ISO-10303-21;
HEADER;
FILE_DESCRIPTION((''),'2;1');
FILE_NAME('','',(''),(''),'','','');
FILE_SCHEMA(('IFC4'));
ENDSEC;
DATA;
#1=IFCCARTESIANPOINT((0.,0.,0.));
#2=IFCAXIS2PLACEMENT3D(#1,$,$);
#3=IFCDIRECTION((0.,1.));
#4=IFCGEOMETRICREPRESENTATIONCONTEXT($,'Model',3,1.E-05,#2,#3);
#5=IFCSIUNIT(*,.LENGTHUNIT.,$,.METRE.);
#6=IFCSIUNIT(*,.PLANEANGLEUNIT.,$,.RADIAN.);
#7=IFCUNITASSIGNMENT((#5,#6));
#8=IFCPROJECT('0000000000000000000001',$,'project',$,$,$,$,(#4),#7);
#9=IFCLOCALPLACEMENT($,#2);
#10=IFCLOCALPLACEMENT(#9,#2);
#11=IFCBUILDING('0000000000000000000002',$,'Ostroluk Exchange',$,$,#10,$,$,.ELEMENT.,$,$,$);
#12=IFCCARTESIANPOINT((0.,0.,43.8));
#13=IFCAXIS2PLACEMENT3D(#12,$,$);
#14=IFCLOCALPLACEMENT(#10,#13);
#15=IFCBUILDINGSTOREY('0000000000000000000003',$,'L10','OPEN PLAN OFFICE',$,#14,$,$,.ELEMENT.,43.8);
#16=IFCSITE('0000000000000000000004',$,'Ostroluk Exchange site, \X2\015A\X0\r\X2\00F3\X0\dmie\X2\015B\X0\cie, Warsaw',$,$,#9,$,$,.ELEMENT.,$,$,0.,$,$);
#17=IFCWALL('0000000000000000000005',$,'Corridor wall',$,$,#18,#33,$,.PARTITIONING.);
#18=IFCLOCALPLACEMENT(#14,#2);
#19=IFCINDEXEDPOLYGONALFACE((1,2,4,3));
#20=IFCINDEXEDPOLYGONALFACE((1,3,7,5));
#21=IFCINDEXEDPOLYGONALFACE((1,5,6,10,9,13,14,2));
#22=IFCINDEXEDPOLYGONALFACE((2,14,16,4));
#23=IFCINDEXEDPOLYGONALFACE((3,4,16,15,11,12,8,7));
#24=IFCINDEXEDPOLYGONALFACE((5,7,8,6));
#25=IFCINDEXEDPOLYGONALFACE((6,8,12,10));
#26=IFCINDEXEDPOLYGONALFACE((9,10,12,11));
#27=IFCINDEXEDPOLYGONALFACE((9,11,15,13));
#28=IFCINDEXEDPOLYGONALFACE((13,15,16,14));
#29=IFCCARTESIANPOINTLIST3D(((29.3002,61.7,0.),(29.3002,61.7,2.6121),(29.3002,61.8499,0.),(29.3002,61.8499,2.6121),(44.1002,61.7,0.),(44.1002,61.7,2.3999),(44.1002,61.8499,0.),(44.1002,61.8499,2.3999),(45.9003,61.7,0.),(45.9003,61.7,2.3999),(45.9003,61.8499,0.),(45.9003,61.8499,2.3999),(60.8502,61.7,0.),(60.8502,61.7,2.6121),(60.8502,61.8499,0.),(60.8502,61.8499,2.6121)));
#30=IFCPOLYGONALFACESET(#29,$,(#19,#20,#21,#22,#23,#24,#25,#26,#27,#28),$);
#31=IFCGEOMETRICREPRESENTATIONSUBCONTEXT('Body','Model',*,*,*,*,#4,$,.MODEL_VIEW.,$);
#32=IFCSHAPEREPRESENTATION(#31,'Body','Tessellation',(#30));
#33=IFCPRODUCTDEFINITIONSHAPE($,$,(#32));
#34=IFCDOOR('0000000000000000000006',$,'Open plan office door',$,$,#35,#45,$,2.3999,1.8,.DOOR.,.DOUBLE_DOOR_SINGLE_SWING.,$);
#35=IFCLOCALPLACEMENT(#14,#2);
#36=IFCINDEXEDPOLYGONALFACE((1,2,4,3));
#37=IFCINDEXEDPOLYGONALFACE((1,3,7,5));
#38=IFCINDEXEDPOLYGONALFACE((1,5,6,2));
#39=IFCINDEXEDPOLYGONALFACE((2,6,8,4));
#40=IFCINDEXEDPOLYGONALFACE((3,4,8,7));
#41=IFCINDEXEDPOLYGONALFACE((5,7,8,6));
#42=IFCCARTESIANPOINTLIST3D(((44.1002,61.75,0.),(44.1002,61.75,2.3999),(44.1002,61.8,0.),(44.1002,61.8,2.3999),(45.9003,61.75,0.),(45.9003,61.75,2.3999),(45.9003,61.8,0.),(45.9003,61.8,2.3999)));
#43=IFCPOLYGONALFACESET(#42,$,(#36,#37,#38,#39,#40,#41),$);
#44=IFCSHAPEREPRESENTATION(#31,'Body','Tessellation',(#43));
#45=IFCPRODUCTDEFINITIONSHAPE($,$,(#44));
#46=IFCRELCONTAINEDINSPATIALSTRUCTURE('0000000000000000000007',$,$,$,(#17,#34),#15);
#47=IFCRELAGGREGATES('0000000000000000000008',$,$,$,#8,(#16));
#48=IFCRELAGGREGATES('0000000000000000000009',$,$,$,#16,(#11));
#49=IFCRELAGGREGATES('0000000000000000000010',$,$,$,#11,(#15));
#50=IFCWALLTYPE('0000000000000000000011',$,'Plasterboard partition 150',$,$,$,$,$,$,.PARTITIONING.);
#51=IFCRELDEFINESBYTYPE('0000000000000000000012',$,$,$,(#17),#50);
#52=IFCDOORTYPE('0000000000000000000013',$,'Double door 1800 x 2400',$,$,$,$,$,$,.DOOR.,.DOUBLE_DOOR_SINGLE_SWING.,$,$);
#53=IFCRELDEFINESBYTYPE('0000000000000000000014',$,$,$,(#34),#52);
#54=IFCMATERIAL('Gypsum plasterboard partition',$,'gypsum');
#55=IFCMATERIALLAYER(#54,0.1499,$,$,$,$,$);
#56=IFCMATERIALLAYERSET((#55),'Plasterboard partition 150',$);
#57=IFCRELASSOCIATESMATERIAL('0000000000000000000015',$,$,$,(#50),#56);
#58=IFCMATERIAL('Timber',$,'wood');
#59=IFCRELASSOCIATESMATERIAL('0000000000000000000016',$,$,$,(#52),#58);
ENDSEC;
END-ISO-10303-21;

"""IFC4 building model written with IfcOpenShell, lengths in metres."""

from ifc_helpers import new_model, si_unit, direction, frame, frame_2d, origin, place, context, subcontext, project, spatial, rectangle, extrude, material, layer, layer_set, type_object, element, fill, save


model = new_model("IFC4")

# Units and contexts
model_context = context("Model", 3, precision=1e-05, world=origin(), true_north=direction((0.0, 1.0)))
body_context = subcontext(model_context, "Body", "Model", "MODEL_VIEW")
ifc_project = project(units=[si_unit("LENGTHUNIT", "METRE"), si_unit("PLANEANGLEUNIT", "RADIAN")], contexts=[model_context])

# Site, building, storey
site_placement = place(None, origin())
site = spatial("IfcSite", under=ifc_project, at=site_placement, Name="Ostroluk Exchange site, Śródmieście, Warsaw", CompositionType="ELEMENT", RefElevation=0.0)
building_placement = place(site_placement, origin())
building = spatial("IfcBuilding", under=site, at=building_placement, Name="Ostroluk Exchange", CompositionType="ELEMENT")
storey_placement = place(building_placement, frame((0.0, 0.0, 43.8)))
storey = spatial("IfcBuildingStorey", under=building, at=storey_placement, Name="L10", Description="OPEN PLAN OFFICE", CompositionType="ELEMENT", Elevation=43.8)

# Shared definitions
ifc_material_1 = material(Name="Gypsum plasterboard partition", Category="gypsum")
ifc_layer_1 = layer(ifc_material_1, 0.1499)
ifc_layer_set_1 = layer_set([ifc_layer_1], Name="Plasterboard partition 150")
wall_type = type_object("IfcWallType", Name="Plasterboard partition 150", PredefinedType="PARTITIONING", material=ifc_layer_set_1)

# Wall, opening, door
wall_placement = place(storey_placement, frame((60.8501, 61.7749, 0.0), z_axis=(0.0, 0.0, 1.0), x_axis=(-1.0, 0.0, 0.0)))
wall = element("IfcWall", 1, at=wall_placement, inside=storey, type_object=wall_type, Name="Corridor wall", PredefinedType="PARTITIONING", context=body_context, shape_type="SweptSolid", body=[
    extrude(rectangle(XDim=31.55, YDim=0.1499, at=frame_2d((15.7749, 0.0))), origin(), (0.0, 0.0, 1.0), 2.6121),
])
opening_placement = place(wall_placement, frame((14.95, 0.0, 0.0)))
opening = element("IfcOpeningElement", 2, at=opening_placement, cuts=wall, PredefinedType="OPENING", context=body_context, shape_type="SweptSolid", body=[
    extrude(rectangle(XDim=1.8, YDim=2.3999, at=frame_2d((0.8999, 1.2))), frame((0.0, 0.085, 0.0), z_axis=(0.0, -1.0, 0.0), x_axis=(1.0, 0.0, 0.0)), (0.0, 0.0, 1.0), 0.1699),
])
ifc_material_2 = material(Name="Timber", Category="wood")
door_type = type_object("IfcDoorType", Name="Double door 1800 x 2400", OperationType="DOUBLE_DOOR_SINGLE_SWING", PredefinedType="DOOR", material=ifc_material_2)
door_placement = place(opening_placement, origin())
door = element("IfcDoor", 3, at=door_placement, inside=storey, type_object=door_type, Name="Open plan office door", OperationType="DOUBLE_DOOR_SINGLE_SWING", OverallHeight=2.3999, OverallWidth=1.8, PredefinedType="DOOR", context=body_context, shape_type="SweptSolid", body=[
    extrude(rectangle(XDim=1.8, YDim=2.3999, at=frame_2d((0.8999, 1.2))), frame((0.0, 0.0249, 0.0), z_axis=(0.0, -1.0, 0.0), x_axis=(1.0, 0.0, 0.0)), (0.0, 0.0, 1.0), 0.05),
])
fill(opening, door)

save(model, "model.ifc")
